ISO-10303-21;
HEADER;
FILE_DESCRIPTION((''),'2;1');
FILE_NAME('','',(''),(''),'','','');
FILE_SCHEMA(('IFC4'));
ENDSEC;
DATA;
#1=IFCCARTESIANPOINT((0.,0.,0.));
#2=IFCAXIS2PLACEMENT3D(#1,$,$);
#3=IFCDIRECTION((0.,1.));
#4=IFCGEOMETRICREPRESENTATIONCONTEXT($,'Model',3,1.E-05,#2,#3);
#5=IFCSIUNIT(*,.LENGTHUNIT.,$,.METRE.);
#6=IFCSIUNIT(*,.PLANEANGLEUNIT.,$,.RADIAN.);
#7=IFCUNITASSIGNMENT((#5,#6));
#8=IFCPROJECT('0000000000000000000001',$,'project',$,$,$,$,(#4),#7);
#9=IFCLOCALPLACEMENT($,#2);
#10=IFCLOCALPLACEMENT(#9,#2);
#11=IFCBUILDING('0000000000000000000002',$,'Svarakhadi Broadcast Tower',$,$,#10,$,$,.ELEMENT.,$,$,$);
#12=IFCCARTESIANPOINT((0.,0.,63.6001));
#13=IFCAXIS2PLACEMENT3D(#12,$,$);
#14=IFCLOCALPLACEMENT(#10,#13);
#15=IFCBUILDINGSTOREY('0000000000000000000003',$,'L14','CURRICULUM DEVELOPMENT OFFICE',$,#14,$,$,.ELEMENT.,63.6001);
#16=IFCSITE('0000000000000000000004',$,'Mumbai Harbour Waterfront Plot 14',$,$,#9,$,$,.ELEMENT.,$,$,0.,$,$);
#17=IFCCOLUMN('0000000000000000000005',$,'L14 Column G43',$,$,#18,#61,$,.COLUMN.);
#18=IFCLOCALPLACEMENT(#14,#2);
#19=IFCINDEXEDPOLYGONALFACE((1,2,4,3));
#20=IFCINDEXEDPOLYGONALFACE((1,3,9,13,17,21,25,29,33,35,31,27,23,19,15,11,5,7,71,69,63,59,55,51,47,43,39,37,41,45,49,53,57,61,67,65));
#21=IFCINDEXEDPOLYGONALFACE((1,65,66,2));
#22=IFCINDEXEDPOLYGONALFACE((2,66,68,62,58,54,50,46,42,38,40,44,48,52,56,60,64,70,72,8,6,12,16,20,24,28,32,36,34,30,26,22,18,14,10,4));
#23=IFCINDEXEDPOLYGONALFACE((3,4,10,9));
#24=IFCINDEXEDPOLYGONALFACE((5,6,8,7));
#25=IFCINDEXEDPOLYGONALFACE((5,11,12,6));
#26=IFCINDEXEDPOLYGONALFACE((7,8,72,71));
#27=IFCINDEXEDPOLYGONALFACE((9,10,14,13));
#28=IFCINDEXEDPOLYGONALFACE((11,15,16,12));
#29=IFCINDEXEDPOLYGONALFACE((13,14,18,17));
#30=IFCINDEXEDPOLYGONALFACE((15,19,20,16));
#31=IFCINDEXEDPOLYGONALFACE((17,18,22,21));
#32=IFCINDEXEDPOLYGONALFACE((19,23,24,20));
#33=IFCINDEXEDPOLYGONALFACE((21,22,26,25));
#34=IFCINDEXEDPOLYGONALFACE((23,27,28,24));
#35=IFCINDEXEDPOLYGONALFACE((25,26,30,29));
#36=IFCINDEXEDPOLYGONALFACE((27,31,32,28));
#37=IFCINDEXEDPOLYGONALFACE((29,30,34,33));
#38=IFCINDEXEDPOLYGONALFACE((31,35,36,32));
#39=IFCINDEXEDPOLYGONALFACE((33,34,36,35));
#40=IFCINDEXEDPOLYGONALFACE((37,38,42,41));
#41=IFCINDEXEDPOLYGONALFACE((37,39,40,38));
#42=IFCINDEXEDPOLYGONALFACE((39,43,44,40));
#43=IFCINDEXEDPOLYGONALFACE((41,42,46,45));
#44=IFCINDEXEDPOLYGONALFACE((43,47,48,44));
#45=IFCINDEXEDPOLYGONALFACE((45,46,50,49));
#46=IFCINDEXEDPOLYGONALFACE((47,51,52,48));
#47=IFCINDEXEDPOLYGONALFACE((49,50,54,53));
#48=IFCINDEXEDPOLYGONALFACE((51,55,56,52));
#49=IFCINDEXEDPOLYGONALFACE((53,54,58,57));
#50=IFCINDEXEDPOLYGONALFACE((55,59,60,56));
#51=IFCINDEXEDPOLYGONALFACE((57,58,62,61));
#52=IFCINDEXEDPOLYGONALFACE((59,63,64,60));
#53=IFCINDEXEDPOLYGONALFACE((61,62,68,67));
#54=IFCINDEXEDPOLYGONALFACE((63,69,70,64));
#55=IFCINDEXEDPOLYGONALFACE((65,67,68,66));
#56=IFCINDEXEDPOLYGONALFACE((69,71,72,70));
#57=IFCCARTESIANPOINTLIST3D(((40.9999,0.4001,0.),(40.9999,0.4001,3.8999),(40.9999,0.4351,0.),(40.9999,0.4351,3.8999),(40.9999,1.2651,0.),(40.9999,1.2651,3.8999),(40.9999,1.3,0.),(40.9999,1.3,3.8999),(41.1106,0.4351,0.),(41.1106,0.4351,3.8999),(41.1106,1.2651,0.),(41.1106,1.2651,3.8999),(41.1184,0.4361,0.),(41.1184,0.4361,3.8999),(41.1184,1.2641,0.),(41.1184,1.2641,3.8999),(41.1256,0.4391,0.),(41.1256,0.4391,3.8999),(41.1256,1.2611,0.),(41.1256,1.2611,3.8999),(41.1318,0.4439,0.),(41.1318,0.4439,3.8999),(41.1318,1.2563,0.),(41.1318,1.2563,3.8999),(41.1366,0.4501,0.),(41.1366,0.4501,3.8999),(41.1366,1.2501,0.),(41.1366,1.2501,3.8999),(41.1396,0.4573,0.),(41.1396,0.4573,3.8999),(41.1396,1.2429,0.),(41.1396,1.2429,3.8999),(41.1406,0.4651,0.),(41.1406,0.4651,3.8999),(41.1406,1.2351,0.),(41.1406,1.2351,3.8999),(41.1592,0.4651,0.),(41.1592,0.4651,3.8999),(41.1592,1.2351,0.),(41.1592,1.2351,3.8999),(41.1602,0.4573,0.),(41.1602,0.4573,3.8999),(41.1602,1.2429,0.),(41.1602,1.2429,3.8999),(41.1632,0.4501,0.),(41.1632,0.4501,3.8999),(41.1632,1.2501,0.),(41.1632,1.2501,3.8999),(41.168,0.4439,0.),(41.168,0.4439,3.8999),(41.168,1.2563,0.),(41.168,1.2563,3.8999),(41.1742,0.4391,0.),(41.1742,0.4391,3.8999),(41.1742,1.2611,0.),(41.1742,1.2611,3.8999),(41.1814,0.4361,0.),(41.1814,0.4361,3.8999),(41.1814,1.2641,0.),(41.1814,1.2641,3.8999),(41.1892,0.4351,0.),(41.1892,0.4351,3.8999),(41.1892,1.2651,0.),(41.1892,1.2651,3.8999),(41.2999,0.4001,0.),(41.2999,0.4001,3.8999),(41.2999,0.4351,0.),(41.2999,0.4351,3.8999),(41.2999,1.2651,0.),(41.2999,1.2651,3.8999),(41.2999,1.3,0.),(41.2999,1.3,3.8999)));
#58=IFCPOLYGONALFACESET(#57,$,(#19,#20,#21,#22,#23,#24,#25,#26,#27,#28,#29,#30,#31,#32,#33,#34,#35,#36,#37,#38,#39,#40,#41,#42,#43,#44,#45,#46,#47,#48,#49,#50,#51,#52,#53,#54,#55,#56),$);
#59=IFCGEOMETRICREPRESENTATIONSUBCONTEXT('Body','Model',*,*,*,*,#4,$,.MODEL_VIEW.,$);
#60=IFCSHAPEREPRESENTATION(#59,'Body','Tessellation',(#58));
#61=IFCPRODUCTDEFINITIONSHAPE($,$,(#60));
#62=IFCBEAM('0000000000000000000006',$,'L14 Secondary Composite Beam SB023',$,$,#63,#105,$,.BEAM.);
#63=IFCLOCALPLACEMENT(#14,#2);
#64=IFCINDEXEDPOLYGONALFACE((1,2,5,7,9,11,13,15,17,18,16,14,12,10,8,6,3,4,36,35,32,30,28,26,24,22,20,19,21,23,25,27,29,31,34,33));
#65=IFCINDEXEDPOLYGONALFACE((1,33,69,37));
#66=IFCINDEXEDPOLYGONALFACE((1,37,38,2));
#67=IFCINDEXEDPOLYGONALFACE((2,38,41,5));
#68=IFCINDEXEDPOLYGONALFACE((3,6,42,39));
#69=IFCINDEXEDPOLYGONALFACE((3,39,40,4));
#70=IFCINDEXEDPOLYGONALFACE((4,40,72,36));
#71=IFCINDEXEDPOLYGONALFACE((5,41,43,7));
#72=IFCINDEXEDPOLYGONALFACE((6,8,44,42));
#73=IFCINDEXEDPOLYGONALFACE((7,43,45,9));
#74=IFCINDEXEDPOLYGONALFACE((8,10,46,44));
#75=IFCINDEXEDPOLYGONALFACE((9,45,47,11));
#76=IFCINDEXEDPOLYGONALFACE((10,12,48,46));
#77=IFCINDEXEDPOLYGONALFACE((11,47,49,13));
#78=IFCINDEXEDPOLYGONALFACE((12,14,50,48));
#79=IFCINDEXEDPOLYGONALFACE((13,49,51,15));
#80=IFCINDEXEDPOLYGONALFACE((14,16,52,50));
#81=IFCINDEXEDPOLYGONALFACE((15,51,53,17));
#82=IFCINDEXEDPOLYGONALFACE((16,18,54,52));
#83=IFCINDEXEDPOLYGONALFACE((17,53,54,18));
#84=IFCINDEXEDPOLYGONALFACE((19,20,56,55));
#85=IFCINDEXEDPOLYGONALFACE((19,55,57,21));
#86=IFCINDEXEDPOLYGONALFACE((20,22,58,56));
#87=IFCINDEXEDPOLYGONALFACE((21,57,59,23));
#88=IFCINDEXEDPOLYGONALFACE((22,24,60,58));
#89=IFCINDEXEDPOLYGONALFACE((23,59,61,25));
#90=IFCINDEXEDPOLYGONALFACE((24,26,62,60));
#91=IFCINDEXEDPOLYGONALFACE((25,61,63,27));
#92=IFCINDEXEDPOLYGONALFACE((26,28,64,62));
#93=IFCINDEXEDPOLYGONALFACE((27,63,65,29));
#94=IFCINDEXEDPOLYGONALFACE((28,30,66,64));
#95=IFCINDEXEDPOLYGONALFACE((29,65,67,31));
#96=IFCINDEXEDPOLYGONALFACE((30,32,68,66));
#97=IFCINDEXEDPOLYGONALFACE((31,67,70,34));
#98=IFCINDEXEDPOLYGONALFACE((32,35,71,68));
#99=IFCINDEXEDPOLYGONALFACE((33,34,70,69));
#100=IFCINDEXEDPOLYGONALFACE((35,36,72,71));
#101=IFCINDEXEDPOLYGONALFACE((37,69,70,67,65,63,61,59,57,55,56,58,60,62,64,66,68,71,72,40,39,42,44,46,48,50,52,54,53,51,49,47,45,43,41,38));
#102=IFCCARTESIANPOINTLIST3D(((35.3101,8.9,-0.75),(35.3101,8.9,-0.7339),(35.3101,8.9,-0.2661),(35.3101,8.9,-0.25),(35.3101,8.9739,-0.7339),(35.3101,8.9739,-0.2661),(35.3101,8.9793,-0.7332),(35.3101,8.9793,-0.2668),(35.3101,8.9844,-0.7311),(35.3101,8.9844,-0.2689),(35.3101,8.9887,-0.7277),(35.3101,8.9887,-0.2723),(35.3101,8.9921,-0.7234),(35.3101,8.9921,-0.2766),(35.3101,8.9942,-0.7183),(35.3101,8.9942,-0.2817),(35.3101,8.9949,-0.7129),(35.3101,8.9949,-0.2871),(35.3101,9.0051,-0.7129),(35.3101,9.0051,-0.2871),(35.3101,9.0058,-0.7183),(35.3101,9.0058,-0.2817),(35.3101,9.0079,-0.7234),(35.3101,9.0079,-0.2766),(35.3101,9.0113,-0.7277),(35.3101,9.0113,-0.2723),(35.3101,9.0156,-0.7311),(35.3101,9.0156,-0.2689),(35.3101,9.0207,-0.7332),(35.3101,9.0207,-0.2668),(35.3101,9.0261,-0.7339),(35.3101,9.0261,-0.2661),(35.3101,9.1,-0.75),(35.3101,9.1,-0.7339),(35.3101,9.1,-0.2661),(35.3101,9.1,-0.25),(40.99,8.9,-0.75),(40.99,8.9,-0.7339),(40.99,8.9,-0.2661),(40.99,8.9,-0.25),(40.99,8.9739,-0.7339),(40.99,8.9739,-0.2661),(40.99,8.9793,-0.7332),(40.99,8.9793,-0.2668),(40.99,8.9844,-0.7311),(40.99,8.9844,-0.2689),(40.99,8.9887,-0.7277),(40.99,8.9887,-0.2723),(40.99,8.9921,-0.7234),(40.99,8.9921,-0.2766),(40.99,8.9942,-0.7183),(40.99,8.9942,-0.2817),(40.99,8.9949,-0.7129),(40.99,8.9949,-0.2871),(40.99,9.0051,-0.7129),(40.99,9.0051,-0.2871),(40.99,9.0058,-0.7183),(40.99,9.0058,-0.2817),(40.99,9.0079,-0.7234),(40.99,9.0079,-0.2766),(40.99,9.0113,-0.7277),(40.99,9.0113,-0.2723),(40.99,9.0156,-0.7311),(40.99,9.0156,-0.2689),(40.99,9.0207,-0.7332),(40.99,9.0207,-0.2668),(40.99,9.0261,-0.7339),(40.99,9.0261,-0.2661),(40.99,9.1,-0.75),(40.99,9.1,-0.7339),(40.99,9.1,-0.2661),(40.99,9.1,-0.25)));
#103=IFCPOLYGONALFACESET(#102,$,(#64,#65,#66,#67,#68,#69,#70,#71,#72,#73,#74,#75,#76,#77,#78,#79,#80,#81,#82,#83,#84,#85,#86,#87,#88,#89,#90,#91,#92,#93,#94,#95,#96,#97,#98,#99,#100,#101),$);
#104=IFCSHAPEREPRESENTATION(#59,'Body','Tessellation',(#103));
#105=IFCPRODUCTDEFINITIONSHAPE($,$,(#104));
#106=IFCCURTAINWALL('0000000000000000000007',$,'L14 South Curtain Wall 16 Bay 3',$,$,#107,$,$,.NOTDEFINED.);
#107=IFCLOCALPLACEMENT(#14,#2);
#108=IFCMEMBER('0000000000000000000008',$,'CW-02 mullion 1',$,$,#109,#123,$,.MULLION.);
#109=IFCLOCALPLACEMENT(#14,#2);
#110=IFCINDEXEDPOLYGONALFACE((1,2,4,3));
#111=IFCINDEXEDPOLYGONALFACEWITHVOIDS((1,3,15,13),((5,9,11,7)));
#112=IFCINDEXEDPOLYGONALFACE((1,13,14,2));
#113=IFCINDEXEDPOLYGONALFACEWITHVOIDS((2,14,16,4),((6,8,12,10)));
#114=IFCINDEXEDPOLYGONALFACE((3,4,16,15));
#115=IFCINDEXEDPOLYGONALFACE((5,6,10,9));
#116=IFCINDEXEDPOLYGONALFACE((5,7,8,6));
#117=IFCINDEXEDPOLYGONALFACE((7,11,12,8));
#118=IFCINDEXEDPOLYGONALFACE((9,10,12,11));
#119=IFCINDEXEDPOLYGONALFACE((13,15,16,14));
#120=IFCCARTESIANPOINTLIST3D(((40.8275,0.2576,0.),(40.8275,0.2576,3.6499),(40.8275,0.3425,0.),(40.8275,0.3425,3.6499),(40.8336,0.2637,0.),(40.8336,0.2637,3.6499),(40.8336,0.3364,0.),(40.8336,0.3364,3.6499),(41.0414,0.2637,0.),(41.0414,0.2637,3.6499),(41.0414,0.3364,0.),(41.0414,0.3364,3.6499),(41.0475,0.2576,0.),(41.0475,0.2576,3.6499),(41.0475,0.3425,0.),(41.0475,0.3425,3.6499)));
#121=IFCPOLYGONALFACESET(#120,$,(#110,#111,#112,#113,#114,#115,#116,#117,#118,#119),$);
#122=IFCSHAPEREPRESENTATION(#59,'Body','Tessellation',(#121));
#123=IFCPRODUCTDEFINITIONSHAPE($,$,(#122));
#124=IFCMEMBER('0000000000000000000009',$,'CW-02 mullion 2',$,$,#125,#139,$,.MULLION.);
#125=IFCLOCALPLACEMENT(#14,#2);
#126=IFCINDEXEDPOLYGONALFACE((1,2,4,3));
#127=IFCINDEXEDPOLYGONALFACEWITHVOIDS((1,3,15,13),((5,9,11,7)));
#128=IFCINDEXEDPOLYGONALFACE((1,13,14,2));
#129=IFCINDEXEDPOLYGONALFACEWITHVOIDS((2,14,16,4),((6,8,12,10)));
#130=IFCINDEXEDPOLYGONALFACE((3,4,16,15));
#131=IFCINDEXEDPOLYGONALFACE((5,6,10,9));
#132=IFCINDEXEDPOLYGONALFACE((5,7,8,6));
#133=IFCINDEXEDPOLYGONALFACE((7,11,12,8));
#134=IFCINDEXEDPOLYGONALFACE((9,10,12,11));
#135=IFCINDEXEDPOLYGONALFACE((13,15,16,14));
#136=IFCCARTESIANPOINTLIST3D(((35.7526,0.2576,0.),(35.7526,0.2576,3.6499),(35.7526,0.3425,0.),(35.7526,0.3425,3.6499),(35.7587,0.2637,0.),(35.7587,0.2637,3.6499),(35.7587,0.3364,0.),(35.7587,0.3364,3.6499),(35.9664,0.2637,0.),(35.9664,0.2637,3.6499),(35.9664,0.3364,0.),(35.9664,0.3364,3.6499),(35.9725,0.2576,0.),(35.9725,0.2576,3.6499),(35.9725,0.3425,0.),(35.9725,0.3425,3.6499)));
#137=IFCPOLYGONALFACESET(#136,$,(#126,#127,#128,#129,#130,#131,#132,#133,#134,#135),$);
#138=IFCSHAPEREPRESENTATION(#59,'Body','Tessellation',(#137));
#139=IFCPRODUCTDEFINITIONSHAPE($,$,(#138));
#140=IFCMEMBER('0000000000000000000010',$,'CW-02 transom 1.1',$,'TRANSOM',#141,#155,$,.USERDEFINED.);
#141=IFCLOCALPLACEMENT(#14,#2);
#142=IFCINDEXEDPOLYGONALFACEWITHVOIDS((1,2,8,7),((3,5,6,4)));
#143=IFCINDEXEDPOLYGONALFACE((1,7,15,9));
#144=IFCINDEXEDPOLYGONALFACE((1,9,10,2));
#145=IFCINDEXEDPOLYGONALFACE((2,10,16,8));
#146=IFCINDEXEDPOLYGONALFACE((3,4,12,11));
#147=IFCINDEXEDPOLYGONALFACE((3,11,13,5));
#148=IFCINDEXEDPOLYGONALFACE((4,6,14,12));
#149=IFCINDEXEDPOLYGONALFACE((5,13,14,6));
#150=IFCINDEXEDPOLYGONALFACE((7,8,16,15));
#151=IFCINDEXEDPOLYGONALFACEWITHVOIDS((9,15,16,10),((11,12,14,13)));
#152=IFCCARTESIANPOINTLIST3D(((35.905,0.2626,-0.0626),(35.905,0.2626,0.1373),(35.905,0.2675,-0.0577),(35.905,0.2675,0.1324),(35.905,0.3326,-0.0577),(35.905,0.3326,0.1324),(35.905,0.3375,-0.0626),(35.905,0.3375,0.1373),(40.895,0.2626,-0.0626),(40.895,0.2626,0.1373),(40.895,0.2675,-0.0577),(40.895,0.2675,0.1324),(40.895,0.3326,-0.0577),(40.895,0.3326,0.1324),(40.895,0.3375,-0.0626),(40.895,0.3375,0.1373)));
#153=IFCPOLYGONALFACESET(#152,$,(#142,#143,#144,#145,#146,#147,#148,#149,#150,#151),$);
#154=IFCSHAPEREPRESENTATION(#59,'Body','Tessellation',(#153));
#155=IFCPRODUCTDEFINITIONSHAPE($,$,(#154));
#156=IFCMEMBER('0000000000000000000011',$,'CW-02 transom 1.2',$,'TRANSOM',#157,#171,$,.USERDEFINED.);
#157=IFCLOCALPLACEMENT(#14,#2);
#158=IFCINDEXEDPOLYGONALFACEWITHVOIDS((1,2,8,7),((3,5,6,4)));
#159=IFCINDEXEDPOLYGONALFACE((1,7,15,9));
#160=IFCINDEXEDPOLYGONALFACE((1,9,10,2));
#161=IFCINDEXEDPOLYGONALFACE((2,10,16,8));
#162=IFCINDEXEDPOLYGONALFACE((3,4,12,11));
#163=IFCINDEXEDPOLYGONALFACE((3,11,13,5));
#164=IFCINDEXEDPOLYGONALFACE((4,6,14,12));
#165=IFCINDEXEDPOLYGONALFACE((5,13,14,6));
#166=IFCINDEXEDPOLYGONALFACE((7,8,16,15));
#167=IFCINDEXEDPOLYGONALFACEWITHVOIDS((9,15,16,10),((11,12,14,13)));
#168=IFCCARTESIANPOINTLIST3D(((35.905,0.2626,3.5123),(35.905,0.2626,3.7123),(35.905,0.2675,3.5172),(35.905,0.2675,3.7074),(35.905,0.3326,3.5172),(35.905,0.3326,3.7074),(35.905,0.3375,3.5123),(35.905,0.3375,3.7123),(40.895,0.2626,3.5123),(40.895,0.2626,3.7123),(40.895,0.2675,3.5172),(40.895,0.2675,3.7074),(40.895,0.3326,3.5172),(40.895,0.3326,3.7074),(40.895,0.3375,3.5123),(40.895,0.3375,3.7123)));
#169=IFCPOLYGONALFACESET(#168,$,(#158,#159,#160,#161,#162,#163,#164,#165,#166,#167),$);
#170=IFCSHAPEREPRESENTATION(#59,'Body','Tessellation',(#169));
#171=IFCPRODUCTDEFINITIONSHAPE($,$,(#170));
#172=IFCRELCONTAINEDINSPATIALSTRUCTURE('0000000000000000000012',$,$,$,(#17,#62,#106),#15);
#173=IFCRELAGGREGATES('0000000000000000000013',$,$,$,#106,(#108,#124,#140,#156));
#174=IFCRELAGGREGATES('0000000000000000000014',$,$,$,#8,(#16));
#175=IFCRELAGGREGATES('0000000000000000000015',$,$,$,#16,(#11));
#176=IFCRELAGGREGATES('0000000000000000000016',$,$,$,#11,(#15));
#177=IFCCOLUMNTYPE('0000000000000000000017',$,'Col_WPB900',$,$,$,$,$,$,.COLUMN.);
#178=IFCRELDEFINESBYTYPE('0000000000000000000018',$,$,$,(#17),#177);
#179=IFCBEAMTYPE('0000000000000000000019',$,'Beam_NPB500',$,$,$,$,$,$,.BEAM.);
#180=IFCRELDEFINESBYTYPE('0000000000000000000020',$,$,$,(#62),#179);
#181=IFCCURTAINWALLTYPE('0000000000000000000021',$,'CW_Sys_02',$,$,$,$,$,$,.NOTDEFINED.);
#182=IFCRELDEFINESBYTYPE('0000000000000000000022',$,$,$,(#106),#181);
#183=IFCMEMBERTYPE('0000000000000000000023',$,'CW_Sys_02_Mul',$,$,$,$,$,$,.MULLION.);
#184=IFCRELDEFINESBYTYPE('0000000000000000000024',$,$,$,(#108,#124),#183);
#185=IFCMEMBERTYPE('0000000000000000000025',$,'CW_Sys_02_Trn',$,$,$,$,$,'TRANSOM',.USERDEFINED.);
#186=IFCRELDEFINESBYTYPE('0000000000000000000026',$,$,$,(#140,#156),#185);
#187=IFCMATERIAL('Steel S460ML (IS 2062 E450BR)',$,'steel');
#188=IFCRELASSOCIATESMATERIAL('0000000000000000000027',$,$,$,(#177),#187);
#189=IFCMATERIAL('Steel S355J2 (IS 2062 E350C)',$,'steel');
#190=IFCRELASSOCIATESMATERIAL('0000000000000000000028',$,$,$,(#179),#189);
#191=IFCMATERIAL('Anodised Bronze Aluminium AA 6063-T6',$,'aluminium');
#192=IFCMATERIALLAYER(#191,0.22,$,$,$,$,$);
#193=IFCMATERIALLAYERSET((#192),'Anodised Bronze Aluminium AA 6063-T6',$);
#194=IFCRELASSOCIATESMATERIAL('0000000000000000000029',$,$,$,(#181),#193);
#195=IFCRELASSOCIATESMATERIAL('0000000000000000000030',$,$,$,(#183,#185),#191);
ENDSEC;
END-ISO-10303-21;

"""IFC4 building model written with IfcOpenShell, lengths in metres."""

from ifc_helpers import new_model, si_unit, direction, frame, origin, origin_2d, place, context, subcontext, project, spatial, hollow_rectangle, i_section, extrude, material, layer, layer_set, material_profile, profile_set, type_object, element, aggregate, save


model = new_model("IFC4")

# Units and contexts
model_context = context("Model", 3, precision=1e-05, world=origin(), true_north=direction((0.0, 1.0)))
body_context = subcontext(model_context, "Body", "Model", "MODEL_VIEW")
ifc_project = project(units=[si_unit("LENGTHUNIT", "METRE"), si_unit("PLANEANGLEUNIT", "RADIAN")], contexts=[model_context])

# Site, building, storey
site_placement = place(None, origin())
site = spatial("IfcSite", under=ifc_project, at=site_placement, Name="Mumbai Harbour Waterfront Plot 14", CompositionType="ELEMENT", RefElevation=0.0)
building_placement = place(site_placement, origin())
building = spatial("IfcBuilding", under=site, at=building_placement, Name="Svarakhadi Broadcast Tower", CompositionType="ELEMENT")
storey_placement = place(building_placement, frame((0.0, 0.0, 63.6001)))
storey = spatial("IfcBuildingStorey", under=building, at=storey_placement, Name="L14", Description="CURRICULUM DEVELOPMENT OFFICE", CompositionType="ELEMENT", Elevation=63.6001)

# Column
ifc_material_1 = material(Name="Steel S460ML (IS 2062 E450BR)", Category="steel")
ifc_material_profile_1 = material_profile(ifc_material_1, i_section(OverallWidth=0.3, OverallDepth=0.8999, WebThickness=0.0186, FlangeThickness=0.0349, FilletRadius=0.03, at=origin_2d()), Name="WPB 900x300x291")
ifc_profile_set_1 = profile_set([ifc_material_profile_1], Name="Steel S460ML (IS 2062 E450BR)")
column_type = type_object("IfcColumnType", Name="Col_WPB900", PredefinedType="COLUMN", material=ifc_profile_set_1)
column_placement = place(storey_placement, frame((41.1499, 0.8501, 0.0), z_axis=(0.0, 0.0, 1.0), x_axis=(1.0, 0.0, 0.0)))
element("IfcColumn", 1, at=column_placement, inside=storey, type_object=column_type, Name="L14 Column G43", PredefinedType="COLUMN", context=body_context, shape_type="SweptSolid", body=[
    extrude(i_section(OverallWidth=0.3, OverallDepth=0.8999, WebThickness=0.0186, FlangeThickness=0.0349, FilletRadius=0.03, at=origin_2d()), origin(), (0.0, 0.0, 1.0), 3.8999),
])

# Beam
ifc_material_2 = material(Name="Steel S355J2 (IS 2062 E350C)", Category="steel")
ifc_material_profile_2 = material_profile(ifc_material_2, i_section(OverallWidth=0.2, OverallDepth=0.5, WebThickness=0.0103, FlangeThickness=0.0161, FilletRadius=0.021, at=origin_2d()), Name="NPB 500x200x91")
ifc_profile_set_2 = profile_set([ifc_material_profile_2], Name="Steel S355J2 (IS 2062 E350C)")
beam_type_1 = type_object("IfcBeamType", Name="Beam_NPB500", PredefinedType="BEAM", material=ifc_profile_set_2)
beam_1_placement = place(storey_placement, frame((35.3101, 9.0, -0.5), z_axis=(1.0, 0.0, 0.0), x_axis=(0.0, 1.0, 0.0)))
element("IfcBeam", 2, at=beam_1_placement, inside=storey, type_object=beam_type_1, Name="L14 Secondary Composite Beam SB023", PredefinedType="BEAM", context=body_context, shape_type="SweptSolid", body=[
    extrude(i_section(OverallWidth=0.2, OverallDepth=0.5, WebThickness=0.0103, FlangeThickness=0.0161, FilletRadius=0.021, at=origin_2d()), origin(), (0.0, 0.0, 1.0), 5.6799),
])

# Curtain wall, members
ifc_material_3 = material(Name="Anodised Bronze Aluminium AA 6063-T6", Category="aluminium")
ifc_layer_1 = layer(ifc_material_3, 0.22)
ifc_layer_set_1 = layer_set([ifc_layer_1], Name="Anodised Bronze Aluminium AA 6063-T6")
curtain_wall_type = type_object("IfcCurtainWallType", Name="CW_Sys_02", PredefinedType="NOTDEFINED", material=ifc_layer_set_1)
curtain_wall_placement = place(storey_placement, origin())
curtain_wall = element("IfcCurtainWall", 3, at=curtain_wall_placement, inside=storey, type_object=curtain_wall_type, Name="L14 South Curtain Wall 16 Bay 3", PredefinedType="NOTDEFINED")
ifc_material_profile_3 = material_profile(ifc_material_3, hollow_rectangle(XDim=0.085, YDim=0.22, WallThickness=0.0061, at=origin_2d()), Name="ALU MULLION 220x85x6")
ifc_profile_set_3 = profile_set([ifc_material_profile_3], Name="Anodised Bronze Aluminium AA 6063-T6")
member_type_1 = type_object("IfcMemberType", Name="CW_Sys_02_Mul", PredefinedType="MULLION", material=ifc_profile_set_3)
member_1_placement = place(storey_placement, frame((40.9375, 0.3, 0.0), z_axis=(0.0, 0.0, 1.0), x_axis=(0.0, -1.0, 0.0)))
member_1 = element("IfcMember", 4, at=member_1_placement, type_object=member_type_1, Name="CW-02 mullion 1", PredefinedType="MULLION", context=body_context, shape_type="SweptSolid", body=[
    extrude(hollow_rectangle(XDim=0.085, YDim=0.22, WallThickness=0.0061, at=origin_2d()), origin(), (0.0, 0.0, 1.0), 3.6499),
])
member_2_placement = place(storey_placement, frame((35.8625, 0.3, 0.0), z_axis=(0.0, 0.0, 1.0), x_axis=(0.0, -1.0, 0.0)))
member_2 = element("IfcMember", 5, at=member_2_placement, type_object=member_type_1, Name="CW-02 mullion 2", PredefinedType="MULLION", context=body_context, shape_type="SweptSolid", body=[
    extrude(hollow_rectangle(XDim=0.085, YDim=0.22, WallThickness=0.0061, at=origin_2d()), origin(), (0.0, 0.0, 1.0), 3.6499),
])
ifc_material_profile_4 = material_profile(ifc_material_3, hollow_rectangle(XDim=0.075, YDim=0.2, WallThickness=0.0049, at=origin_2d()), Name="ALU TRANSOM 200x75x5")
ifc_profile_set_4 = profile_set([ifc_material_profile_4], Name="Anodised Bronze Aluminium AA 6063-T6")
member_type_2 = type_object("IfcMemberType", Name="CW_Sys_02_Trn", ElementType="TRANSOM", PredefinedType="USERDEFINED", material=ifc_profile_set_4)
member_3_placement = place(storey_placement, frame((40.895, 0.3, 0.0374), z_axis=(-1.0, 0.0, 0.0), x_axis=(0.0, -1.0, 0.0)))
member_3 = element("IfcMember", 6, at=member_3_placement, type_object=member_type_2, Name="CW-02 transom 1.1", ObjectType="TRANSOM", PredefinedType="USERDEFINED", context=body_context, shape_type="SweptSolid", body=[
    extrude(hollow_rectangle(XDim=0.075, YDim=0.2, WallThickness=0.0049, at=origin_2d()), origin(), (0.0, 0.0, 1.0), 4.99),
])
member_4_placement = place(storey_placement, frame((40.895, 0.3, 3.6123), z_axis=(-1.0, 0.0, 0.0), x_axis=(0.0, -1.0, 0.0)))
member_4 = element("IfcMember", 7, at=member_4_placement, type_object=member_type_2, Name="CW-02 transom 1.2", ObjectType="TRANSOM", PredefinedType="USERDEFINED", context=body_context, shape_type="SweptSolid", body=[
    extrude(hollow_rectangle(XDim=0.075, YDim=0.2, WallThickness=0.0049, at=origin_2d()), origin(), (0.0, 0.0, 1.0), 4.99),
])

aggregate(curtain_wall, [member_1, member_2, member_3, member_4])

save(model, "model.ifc")
